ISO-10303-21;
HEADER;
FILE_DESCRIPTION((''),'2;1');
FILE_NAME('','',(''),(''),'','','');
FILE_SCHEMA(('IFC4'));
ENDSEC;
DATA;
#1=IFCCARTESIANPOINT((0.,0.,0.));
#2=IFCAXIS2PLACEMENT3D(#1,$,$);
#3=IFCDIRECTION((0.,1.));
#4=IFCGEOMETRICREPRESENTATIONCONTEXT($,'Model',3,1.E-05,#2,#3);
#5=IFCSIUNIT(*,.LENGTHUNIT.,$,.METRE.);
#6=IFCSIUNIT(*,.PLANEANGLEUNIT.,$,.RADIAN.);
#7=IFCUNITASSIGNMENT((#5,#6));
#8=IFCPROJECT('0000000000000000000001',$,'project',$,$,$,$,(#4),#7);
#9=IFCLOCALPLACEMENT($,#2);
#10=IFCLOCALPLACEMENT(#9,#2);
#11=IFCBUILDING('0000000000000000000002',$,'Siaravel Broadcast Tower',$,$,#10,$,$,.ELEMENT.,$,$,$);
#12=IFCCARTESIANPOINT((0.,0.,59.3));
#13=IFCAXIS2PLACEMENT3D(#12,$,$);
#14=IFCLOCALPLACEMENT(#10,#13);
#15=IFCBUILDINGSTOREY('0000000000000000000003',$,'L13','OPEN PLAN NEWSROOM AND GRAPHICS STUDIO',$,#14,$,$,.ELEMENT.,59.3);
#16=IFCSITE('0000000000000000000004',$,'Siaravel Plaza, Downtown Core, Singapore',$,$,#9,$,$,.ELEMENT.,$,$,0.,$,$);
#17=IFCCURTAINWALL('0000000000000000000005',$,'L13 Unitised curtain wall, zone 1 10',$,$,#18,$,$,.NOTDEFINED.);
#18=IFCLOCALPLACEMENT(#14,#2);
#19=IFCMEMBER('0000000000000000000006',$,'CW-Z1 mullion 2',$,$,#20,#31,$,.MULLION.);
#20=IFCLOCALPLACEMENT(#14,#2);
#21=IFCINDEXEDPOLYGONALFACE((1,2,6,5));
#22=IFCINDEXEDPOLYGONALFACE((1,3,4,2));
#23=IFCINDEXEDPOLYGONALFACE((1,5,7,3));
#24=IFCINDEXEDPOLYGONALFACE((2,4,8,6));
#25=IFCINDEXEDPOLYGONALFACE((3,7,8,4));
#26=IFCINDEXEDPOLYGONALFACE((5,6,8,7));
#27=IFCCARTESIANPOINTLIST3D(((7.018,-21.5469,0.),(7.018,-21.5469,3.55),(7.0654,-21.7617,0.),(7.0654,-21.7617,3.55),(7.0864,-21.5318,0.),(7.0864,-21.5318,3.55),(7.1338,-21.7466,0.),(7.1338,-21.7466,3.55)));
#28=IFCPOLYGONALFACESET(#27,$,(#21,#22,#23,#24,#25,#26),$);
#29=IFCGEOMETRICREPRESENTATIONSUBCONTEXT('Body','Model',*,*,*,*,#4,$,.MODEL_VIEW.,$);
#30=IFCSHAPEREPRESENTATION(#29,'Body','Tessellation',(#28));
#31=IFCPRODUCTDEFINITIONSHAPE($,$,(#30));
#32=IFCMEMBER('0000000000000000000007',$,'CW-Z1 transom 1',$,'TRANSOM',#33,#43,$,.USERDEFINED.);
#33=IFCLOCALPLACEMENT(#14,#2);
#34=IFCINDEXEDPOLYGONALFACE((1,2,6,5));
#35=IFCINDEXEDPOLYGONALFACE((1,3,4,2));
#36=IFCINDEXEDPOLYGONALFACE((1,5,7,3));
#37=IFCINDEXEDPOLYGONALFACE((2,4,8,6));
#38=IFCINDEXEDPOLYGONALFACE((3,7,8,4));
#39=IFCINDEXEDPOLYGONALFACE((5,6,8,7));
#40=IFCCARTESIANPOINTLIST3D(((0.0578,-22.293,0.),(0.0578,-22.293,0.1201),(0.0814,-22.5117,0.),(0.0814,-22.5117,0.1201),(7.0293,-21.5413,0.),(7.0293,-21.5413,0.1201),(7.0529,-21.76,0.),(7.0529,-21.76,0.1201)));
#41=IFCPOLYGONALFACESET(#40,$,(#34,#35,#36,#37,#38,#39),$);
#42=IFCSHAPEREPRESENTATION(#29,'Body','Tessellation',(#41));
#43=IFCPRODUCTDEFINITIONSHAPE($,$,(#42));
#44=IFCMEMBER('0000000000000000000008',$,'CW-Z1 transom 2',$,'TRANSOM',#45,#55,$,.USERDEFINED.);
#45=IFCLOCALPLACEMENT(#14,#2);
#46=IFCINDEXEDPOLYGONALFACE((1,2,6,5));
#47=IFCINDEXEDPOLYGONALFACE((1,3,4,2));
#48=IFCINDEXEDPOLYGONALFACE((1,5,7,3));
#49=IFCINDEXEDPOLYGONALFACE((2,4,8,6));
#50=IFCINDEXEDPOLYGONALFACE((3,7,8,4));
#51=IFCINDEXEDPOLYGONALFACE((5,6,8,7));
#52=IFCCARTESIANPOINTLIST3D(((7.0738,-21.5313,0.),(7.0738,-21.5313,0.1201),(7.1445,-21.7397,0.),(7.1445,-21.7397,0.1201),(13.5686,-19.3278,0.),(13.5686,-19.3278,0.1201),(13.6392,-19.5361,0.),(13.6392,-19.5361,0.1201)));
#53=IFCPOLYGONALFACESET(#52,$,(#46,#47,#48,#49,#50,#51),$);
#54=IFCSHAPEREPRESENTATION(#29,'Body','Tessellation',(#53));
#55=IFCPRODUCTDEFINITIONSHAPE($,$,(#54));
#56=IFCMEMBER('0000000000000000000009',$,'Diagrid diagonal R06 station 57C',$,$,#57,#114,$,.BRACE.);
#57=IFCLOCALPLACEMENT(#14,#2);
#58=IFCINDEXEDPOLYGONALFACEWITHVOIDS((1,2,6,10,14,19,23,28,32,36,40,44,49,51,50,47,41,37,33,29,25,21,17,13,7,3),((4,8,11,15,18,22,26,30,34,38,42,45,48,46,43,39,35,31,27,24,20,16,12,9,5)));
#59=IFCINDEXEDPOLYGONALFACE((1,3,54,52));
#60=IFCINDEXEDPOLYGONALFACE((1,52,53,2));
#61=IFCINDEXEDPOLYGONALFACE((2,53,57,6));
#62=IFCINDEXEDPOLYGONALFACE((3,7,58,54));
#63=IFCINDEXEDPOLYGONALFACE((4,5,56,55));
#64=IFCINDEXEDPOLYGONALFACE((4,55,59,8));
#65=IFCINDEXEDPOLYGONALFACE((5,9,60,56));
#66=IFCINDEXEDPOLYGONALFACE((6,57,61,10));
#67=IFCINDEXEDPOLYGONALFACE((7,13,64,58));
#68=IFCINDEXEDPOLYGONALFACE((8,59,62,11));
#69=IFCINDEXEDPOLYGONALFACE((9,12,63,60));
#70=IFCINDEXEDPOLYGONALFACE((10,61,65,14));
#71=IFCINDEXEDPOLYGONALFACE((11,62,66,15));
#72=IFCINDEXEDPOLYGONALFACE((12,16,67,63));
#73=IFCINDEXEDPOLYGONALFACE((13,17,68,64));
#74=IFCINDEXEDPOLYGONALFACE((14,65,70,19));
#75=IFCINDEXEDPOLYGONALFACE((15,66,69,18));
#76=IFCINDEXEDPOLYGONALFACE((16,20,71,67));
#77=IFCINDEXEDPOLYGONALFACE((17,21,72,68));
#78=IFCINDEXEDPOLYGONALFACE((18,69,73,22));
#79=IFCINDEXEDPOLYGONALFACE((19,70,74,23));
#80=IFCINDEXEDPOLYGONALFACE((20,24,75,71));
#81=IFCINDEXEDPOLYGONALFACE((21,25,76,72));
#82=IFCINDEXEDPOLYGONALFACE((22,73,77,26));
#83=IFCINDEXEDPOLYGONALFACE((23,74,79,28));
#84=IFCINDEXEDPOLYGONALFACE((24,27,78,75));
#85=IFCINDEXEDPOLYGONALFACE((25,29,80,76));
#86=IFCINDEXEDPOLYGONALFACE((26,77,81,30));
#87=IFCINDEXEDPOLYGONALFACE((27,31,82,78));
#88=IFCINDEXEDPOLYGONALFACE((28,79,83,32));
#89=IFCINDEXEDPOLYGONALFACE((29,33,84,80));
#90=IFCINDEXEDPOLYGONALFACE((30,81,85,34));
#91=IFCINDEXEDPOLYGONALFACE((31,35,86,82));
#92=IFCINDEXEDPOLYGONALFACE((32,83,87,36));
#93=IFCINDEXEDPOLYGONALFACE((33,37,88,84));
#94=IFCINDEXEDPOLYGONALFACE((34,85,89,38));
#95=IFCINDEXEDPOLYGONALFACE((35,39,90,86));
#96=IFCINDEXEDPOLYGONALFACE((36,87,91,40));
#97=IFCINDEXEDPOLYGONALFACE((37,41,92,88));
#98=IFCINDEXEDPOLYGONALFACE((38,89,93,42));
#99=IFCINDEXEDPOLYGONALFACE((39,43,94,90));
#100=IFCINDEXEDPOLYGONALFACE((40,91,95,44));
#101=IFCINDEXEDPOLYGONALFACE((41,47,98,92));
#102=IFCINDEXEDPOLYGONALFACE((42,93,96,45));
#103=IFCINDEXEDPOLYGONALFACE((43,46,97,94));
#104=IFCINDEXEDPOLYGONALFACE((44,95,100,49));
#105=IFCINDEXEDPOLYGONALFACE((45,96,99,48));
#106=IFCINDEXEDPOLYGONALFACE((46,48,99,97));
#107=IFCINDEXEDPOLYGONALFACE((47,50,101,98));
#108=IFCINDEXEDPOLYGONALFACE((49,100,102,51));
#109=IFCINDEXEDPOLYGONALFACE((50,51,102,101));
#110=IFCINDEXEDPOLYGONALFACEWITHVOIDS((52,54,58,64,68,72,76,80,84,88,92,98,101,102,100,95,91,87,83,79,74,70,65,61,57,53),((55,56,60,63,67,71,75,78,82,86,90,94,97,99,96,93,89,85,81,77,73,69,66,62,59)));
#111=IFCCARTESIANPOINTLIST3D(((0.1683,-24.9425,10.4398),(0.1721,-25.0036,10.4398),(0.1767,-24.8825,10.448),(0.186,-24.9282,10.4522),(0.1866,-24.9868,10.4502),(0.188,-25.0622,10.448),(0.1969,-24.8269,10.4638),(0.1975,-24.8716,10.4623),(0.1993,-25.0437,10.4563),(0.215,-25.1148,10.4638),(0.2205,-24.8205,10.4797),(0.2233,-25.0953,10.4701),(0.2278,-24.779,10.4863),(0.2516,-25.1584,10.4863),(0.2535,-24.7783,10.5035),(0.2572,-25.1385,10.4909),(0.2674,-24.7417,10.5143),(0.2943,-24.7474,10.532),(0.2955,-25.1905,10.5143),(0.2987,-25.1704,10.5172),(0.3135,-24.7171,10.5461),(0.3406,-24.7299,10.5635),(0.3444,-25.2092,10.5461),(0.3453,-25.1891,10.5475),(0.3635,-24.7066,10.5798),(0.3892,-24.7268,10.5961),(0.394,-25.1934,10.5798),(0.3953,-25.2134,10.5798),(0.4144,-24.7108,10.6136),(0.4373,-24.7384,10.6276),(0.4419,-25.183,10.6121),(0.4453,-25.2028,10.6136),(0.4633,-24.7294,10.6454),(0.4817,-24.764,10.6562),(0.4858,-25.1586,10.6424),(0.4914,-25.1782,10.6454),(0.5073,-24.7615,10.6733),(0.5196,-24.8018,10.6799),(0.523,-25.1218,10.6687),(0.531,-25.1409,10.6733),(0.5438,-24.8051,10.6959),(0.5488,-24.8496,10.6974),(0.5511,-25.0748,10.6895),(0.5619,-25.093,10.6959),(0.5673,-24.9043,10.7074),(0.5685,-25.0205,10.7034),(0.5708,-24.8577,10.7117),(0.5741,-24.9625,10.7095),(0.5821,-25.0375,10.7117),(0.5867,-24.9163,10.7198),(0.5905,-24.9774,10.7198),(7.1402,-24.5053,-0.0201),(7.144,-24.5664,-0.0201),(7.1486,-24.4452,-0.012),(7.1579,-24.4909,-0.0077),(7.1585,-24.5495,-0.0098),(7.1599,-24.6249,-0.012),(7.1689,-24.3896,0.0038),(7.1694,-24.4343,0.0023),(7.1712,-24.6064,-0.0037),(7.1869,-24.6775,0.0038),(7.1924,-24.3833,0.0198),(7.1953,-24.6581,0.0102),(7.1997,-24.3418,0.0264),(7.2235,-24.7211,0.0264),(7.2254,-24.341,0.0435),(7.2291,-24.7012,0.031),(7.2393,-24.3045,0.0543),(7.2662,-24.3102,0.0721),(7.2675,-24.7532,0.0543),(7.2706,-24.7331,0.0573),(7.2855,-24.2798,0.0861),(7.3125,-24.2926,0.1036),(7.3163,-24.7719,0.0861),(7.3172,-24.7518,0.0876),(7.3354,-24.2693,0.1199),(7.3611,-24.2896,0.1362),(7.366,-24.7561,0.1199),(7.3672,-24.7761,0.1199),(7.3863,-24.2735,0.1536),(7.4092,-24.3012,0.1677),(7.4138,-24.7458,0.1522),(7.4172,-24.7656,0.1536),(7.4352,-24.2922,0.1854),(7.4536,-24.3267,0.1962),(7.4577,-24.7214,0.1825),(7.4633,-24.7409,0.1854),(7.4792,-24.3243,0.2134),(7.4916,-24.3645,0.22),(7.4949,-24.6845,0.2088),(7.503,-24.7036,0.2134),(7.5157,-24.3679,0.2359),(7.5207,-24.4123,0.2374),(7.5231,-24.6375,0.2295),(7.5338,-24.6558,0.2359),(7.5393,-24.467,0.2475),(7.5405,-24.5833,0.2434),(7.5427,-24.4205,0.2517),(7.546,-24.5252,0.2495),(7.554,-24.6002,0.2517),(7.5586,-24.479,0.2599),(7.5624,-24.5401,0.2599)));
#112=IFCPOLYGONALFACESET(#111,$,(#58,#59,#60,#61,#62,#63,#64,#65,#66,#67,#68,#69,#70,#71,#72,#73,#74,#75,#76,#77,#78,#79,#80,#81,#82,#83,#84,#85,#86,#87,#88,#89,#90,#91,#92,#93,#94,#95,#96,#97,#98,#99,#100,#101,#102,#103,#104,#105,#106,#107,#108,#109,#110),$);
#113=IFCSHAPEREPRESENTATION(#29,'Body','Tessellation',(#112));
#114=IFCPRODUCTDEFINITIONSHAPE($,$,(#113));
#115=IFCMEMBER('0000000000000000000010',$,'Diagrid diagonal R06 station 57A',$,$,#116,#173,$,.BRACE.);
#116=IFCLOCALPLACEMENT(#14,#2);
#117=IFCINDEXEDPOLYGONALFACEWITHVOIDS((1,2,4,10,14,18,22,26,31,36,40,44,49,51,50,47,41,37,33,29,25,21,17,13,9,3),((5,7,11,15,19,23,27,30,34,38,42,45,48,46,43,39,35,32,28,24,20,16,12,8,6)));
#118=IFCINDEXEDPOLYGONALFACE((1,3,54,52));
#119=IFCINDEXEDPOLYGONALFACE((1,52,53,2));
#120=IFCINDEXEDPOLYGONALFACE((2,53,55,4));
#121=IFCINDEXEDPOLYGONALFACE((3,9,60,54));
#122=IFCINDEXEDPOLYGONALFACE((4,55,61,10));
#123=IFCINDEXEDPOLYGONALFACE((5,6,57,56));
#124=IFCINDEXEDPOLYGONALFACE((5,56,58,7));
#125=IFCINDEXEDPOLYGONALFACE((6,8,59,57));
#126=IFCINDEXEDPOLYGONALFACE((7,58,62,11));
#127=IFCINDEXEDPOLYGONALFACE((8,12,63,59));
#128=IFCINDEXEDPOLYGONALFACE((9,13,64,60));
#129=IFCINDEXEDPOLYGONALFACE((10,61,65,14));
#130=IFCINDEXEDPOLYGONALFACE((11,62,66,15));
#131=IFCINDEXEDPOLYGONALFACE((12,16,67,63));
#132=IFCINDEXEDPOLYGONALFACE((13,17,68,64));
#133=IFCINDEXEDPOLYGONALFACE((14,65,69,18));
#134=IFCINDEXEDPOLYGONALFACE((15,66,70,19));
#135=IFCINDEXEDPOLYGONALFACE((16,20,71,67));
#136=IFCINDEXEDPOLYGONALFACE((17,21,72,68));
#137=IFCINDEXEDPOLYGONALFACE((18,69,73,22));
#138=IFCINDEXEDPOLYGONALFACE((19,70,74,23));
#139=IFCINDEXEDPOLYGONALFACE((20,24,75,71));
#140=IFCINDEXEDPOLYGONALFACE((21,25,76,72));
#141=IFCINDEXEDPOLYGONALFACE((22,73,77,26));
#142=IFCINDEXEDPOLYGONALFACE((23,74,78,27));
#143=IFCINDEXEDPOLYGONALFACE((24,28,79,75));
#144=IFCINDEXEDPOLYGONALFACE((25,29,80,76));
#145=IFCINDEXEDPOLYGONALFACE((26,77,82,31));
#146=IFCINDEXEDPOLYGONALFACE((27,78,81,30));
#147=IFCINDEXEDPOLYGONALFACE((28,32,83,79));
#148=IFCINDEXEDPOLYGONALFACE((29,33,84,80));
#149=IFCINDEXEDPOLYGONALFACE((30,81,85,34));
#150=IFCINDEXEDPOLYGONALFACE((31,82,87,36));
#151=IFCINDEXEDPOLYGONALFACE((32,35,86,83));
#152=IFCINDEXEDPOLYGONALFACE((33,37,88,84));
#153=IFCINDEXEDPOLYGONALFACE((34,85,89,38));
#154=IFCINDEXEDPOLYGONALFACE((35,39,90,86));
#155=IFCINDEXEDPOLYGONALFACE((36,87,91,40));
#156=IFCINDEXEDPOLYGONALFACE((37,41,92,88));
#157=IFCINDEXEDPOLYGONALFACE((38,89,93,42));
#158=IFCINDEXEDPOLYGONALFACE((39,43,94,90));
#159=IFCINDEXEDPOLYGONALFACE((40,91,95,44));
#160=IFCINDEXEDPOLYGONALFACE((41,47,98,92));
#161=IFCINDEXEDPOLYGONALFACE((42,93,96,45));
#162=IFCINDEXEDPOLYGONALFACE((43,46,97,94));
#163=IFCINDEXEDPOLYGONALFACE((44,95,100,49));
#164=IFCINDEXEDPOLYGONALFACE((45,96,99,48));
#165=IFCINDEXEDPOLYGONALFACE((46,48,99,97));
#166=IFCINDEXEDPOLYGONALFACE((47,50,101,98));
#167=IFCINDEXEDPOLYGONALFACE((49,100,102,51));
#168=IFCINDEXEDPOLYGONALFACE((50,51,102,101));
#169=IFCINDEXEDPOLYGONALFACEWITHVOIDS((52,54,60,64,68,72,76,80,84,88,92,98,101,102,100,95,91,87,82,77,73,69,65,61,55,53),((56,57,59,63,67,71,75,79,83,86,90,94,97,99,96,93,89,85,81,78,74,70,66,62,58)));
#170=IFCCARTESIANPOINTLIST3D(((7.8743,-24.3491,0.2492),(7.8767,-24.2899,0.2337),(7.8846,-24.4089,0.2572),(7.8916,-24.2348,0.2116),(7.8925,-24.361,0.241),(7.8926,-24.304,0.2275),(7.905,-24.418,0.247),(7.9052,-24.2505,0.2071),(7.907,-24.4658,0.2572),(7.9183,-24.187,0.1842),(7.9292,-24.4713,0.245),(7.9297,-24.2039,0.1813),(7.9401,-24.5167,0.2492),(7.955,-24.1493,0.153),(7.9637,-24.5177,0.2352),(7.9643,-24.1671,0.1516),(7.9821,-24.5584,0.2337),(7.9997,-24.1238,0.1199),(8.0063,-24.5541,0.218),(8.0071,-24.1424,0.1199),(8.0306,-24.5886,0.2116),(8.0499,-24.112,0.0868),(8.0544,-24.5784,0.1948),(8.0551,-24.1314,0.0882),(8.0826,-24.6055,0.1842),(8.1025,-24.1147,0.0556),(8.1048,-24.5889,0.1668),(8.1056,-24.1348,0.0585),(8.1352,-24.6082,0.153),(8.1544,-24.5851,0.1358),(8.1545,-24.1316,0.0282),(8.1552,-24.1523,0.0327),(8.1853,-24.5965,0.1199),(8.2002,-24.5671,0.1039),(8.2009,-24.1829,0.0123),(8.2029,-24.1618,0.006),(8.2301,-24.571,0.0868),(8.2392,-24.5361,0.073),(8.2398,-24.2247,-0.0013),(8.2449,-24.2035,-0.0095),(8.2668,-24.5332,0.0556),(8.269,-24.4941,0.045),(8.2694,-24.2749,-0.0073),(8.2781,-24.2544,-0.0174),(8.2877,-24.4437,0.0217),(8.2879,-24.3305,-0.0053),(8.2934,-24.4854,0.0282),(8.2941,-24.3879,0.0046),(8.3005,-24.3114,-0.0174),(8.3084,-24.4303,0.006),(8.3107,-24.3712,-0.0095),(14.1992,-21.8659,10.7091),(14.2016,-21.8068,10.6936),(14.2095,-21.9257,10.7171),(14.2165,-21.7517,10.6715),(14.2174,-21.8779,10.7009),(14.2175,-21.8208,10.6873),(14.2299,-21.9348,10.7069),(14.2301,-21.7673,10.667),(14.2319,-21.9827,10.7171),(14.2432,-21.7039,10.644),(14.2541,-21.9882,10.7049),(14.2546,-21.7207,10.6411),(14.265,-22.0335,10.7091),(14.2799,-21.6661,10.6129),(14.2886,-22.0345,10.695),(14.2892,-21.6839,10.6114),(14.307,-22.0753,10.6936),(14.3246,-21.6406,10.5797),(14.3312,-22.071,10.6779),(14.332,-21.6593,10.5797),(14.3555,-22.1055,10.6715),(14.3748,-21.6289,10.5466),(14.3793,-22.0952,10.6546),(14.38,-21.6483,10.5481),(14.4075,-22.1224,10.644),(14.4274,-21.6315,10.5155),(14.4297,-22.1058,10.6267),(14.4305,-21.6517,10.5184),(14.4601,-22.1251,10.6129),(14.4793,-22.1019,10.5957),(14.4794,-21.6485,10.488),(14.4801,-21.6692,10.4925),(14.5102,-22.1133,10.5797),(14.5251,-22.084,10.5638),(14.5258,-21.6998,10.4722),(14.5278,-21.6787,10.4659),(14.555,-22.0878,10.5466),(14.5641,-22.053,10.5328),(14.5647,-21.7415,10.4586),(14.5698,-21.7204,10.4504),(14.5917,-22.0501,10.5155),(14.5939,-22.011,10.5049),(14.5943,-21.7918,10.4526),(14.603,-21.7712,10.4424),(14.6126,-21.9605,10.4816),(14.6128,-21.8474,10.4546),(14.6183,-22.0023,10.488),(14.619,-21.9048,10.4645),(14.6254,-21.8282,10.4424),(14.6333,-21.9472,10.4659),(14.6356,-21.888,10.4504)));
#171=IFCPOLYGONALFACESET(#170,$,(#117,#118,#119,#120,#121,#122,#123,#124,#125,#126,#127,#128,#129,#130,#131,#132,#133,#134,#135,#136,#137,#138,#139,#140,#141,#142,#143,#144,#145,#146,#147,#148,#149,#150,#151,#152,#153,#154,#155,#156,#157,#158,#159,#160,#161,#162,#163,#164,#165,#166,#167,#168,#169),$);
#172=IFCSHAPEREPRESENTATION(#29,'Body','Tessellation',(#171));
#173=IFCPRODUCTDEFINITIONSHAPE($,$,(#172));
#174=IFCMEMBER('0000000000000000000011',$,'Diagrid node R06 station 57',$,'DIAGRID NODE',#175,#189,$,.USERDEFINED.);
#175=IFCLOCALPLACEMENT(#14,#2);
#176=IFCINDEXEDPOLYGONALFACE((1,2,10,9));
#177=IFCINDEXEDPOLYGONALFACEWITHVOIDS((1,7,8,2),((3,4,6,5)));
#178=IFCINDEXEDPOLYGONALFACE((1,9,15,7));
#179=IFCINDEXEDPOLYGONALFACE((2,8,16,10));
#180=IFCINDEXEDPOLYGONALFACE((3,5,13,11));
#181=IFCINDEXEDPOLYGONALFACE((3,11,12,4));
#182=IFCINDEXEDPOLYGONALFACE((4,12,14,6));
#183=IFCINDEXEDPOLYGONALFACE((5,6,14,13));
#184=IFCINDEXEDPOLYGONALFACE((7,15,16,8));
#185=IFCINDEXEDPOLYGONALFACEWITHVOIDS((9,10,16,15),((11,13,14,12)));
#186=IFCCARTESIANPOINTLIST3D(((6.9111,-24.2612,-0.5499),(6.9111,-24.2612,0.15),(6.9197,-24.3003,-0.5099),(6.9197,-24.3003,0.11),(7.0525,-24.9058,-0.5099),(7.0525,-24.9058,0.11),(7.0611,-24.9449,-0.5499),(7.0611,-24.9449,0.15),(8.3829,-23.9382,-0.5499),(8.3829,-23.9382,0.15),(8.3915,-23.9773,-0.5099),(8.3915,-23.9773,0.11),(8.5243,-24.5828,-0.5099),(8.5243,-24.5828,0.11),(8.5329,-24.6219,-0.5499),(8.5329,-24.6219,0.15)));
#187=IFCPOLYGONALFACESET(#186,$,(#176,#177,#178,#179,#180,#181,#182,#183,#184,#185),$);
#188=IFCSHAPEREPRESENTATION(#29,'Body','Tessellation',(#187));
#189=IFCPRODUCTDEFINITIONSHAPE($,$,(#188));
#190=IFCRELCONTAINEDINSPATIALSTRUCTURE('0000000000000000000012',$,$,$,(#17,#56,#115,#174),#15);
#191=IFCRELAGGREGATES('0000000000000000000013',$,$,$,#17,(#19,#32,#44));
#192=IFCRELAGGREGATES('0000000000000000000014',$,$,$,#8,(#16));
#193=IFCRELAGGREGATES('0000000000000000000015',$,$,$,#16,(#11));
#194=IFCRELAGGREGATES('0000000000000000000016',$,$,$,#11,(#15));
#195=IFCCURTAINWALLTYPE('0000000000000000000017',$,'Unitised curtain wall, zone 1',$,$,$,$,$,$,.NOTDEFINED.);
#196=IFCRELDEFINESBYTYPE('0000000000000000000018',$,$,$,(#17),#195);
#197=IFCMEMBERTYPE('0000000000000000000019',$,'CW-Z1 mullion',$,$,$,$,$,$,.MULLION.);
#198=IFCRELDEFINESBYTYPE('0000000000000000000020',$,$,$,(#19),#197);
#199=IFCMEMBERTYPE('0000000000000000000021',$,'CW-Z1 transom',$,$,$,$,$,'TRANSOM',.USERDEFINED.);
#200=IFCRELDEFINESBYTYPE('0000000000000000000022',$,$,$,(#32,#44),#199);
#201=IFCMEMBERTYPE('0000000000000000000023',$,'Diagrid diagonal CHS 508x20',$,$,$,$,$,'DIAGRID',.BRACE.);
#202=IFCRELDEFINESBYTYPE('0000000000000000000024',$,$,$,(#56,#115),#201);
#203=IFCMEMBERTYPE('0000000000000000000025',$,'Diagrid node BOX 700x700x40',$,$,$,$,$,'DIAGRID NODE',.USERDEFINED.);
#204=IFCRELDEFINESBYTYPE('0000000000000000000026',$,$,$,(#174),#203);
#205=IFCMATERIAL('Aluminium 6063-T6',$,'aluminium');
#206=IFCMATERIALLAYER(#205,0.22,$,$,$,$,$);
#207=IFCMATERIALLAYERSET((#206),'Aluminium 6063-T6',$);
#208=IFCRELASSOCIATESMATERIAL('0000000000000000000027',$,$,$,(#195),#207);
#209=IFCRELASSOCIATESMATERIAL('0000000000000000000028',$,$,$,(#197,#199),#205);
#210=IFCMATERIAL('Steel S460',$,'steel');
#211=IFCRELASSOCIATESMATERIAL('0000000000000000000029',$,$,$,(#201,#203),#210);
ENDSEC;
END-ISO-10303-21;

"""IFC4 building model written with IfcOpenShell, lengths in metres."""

from ifc_helpers import new_model, si_unit, direction, frame, origin, origin_2d, place, context, subcontext, project, spatial, rectangle, hollow_rectangle, hollow_circle, extrude, material, layer, layer_set, material_profile, profile_set, type_object, element, aggregate, save


model = new_model("IFC4")

# Units and contexts
model_context = context("Model", 3, precision=1e-05, world=origin(), true_north=direction((0.0, 1.0)))
body_context = subcontext(model_context, "Body", "Model", "MODEL_VIEW")
ifc_project = project(units=[si_unit("LENGTHUNIT", "METRE"), si_unit("PLANEANGLEUNIT", "RADIAN")], contexts=[model_context])

# Site, building, storey
site_placement = place(None, origin())
site = spatial("IfcSite", under=ifc_project, at=site_placement, Name="Siaravel Plaza, Downtown Core, Singapore", CompositionType="ELEMENT", RefElevation=0.0)
building_placement = place(site_placement, origin())
building = spatial("IfcBuilding", under=site, at=building_placement, Name="Siaravel Broadcast Tower", CompositionType="ELEMENT")
storey_placement = place(building_placement, frame((0.0, 0.0, 59.3)))
storey = spatial("IfcBuildingStorey", under=building, at=storey_placement, Name="L13", Description="OPEN PLAN NEWSROOM AND GRAPHICS STUDIO", CompositionType="ELEMENT", Elevation=59.3)

# Curtain wall, members
ifc_material_1 = material(Name="Aluminium 6063-T6", Category="aluminium")
ifc_layer_1 = layer(ifc_material_1, 0.22)
ifc_layer_set_1 = layer_set([ifc_layer_1], Name="Aluminium 6063-T6")
curtain_wall_type = type_object("IfcCurtainWallType", Name="Unitised curtain wall, zone 1", PredefinedType="NOTDEFINED", material=ifc_layer_set_1)
curtain_wall_placement = place(storey_placement, origin())
curtain_wall = element("IfcCurtainWall", 1, at=curtain_wall_placement, inside=storey, type_object=curtain_wall_type, Name="L13 Unitised curtain wall, zone 1 10", PredefinedType="NOTDEFINED")
ifc_material_profile_1 = material_profile(ifc_material_1, rectangle(XDim=0.22, YDim=0.0701, at=origin_2d()))
ifc_profile_set_1 = profile_set([ifc_material_profile_1], Name="Aluminium 6063-T6")
member_type_1 = type_object("IfcMemberType", Name="CW-Z1 mullion", PredefinedType="MULLION", material=ifc_profile_set_1)
member_1_placement = place(storey_placement, frame((7.0759, -21.6467, 0.0), z_axis=(0.0, 0.0, 1.0), x_axis=(-0.215557, 0.976491, 0.0)))
member_1 = element("IfcMember", 2, at=member_1_placement, type_object=member_type_1, Name="CW-Z1 mullion 2", PredefinedType="MULLION", context=body_context, shape_type="SweptSolid", body=[
    extrude(rectangle(XDim=0.22, YDim=0.0701, at=origin_2d()), origin(), (0.0, 0.0, 1.0), 3.55),
])
ifc_material_profile_2 = material_profile(ifc_material_1, rectangle(XDim=0.22, YDim=0.1201, at=origin_2d()))
ifc_profile_set_2 = profile_set([ifc_material_profile_2], Name="Aluminium 6063-T6")
member_type_2 = type_object("IfcMemberType", Name="CW-Z1 transom", ElementType="TRANSOM", PredefinedType="USERDEFINED", material=ifc_profile_set_2)
member_2_placement = place(storey_placement, frame((0.0696, -22.4023, 0.0601), z_axis=(0.994237, 0.107206, 0.0), x_axis=(-0.107206, 0.994237, 0.0)))
member_2 = element("IfcMember", 3, at=member_2_placement, type_object=member_type_2, Name="CW-Z1 transom 1", ObjectType="TRANSOM", PredefinedType="USERDEFINED", context=body_context, shape_type="SweptSolid", body=[
    extrude(rectangle(XDim=0.22, YDim=0.1201, at=origin_2d()), origin(), (0.0, 0.0, 1.0), 7.012),
])
member_3_placement = place(storey_placement, frame((7.1091, -21.6355, 0.0601), z_axis=(0.946979, 0.321296, 0.0), x_axis=(-0.321296, 0.946979, 0.0)))
member_3 = element("IfcMember", 4, at=member_3_placement, type_object=member_type_2, Name="CW-Z1 transom 2", ObjectType="TRANSOM", PredefinedType="USERDEFINED", context=body_context, shape_type="SweptSolid", body=[
    extrude(rectangle(XDim=0.22, YDim=0.1201, at=origin_2d()), origin(), (0.0, 0.0, 1.0), 6.8584),
])

# Members
ifc_material_2 = material(Name="Steel S460", Category="steel")
ifc_material_profile_3 = material_profile(ifc_material_2, hollow_circle(Radius=0.2539, WallThickness=0.02, at=origin_2d()))
ifc_profile_set_3 = profile_set([ifc_material_profile_3], Name="Steel S460")
member_type_3 = type_object("IfcMemberType", Name="Diagrid diagonal CHS 508x20", ElementType="DIAGRID", PredefinedType="BRACE", material=ifc_profile_set_3)
member_4_placement = place(storey_placement, frame((7.3513, -24.5227, 0.1199), z_axis=(-0.554289, -0.034763, 0.831598), x_axis=(0.062594, -0.998039, 0.0)))
element("IfcMember", 5, at=member_4_placement, inside=storey, type_object=member_type_3, Name="Diagrid diagonal R06 station 57C", PredefinedType="BRACE", context=body_context, shape_type="SweptSolid", body=[
    extrude(hollow_circle(Radius=0.2539, WallThickness=0.02, at=origin_2d()), origin(), (0.0, 0.0, 1.0), 12.5781),
])
member_5_placement = place(storey_placement, frame((8.0925, -24.3601, 0.1199), z_axis=(0.507081, 0.199078, 0.838592), x_axis=(-0.365442, 0.930834, 0.0)))
element("IfcMember", 6, at=member_5_placement, inside=storey, type_object=member_type_3, Name="Diagrid diagonal R06 station 57A", PredefinedType="BRACE", context=body_context, shape_type="SweptSolid", body=[
    extrude(hollow_circle(Radius=0.2539, WallThickness=0.02, at=origin_2d()), origin(), (0.0, 0.0, 1.0), 12.4731),
])
ifc_material_profile_4 = material_profile(ifc_material_2, hollow_rectangle(XDim=0.7, YDim=0.7, WallThickness=0.04, at=origin_2d()))
ifc_profile_set_4 = profile_set([ifc_material_profile_4], Name="Steel S460")
member_type_4 = type_object("IfcMemberType", Name="Diagrid node BOX 700x700x40", ElementType="DIAGRID NODE", PredefinedType="USERDEFINED", material=ifc_profile_set_4)
member_6_placement = place(storey_placement, frame((6.9861, -24.603, -0.2), z_axis=(0.976759, 0.214339, 0.0), x_axis=(-0.214339, 0.976759, 0.0)))
element("IfcMember", 7, at=member_6_placement, inside=storey, type_object=member_type_4, Name="Diagrid node R06 station 57", ObjectType="DIAGRID NODE", PredefinedType="USERDEFINED", context=body_context, shape_type="SweptSolid", body=[
    extrude(hollow_rectangle(XDim=0.7, YDim=0.7, WallThickness=0.04, at=origin_2d()), origin(), (0.0, 0.0, 1.0), 1.5068),
])

aggregate(curtain_wall, [member_1, member_2, member_3])

save(model, "model.ifc")
